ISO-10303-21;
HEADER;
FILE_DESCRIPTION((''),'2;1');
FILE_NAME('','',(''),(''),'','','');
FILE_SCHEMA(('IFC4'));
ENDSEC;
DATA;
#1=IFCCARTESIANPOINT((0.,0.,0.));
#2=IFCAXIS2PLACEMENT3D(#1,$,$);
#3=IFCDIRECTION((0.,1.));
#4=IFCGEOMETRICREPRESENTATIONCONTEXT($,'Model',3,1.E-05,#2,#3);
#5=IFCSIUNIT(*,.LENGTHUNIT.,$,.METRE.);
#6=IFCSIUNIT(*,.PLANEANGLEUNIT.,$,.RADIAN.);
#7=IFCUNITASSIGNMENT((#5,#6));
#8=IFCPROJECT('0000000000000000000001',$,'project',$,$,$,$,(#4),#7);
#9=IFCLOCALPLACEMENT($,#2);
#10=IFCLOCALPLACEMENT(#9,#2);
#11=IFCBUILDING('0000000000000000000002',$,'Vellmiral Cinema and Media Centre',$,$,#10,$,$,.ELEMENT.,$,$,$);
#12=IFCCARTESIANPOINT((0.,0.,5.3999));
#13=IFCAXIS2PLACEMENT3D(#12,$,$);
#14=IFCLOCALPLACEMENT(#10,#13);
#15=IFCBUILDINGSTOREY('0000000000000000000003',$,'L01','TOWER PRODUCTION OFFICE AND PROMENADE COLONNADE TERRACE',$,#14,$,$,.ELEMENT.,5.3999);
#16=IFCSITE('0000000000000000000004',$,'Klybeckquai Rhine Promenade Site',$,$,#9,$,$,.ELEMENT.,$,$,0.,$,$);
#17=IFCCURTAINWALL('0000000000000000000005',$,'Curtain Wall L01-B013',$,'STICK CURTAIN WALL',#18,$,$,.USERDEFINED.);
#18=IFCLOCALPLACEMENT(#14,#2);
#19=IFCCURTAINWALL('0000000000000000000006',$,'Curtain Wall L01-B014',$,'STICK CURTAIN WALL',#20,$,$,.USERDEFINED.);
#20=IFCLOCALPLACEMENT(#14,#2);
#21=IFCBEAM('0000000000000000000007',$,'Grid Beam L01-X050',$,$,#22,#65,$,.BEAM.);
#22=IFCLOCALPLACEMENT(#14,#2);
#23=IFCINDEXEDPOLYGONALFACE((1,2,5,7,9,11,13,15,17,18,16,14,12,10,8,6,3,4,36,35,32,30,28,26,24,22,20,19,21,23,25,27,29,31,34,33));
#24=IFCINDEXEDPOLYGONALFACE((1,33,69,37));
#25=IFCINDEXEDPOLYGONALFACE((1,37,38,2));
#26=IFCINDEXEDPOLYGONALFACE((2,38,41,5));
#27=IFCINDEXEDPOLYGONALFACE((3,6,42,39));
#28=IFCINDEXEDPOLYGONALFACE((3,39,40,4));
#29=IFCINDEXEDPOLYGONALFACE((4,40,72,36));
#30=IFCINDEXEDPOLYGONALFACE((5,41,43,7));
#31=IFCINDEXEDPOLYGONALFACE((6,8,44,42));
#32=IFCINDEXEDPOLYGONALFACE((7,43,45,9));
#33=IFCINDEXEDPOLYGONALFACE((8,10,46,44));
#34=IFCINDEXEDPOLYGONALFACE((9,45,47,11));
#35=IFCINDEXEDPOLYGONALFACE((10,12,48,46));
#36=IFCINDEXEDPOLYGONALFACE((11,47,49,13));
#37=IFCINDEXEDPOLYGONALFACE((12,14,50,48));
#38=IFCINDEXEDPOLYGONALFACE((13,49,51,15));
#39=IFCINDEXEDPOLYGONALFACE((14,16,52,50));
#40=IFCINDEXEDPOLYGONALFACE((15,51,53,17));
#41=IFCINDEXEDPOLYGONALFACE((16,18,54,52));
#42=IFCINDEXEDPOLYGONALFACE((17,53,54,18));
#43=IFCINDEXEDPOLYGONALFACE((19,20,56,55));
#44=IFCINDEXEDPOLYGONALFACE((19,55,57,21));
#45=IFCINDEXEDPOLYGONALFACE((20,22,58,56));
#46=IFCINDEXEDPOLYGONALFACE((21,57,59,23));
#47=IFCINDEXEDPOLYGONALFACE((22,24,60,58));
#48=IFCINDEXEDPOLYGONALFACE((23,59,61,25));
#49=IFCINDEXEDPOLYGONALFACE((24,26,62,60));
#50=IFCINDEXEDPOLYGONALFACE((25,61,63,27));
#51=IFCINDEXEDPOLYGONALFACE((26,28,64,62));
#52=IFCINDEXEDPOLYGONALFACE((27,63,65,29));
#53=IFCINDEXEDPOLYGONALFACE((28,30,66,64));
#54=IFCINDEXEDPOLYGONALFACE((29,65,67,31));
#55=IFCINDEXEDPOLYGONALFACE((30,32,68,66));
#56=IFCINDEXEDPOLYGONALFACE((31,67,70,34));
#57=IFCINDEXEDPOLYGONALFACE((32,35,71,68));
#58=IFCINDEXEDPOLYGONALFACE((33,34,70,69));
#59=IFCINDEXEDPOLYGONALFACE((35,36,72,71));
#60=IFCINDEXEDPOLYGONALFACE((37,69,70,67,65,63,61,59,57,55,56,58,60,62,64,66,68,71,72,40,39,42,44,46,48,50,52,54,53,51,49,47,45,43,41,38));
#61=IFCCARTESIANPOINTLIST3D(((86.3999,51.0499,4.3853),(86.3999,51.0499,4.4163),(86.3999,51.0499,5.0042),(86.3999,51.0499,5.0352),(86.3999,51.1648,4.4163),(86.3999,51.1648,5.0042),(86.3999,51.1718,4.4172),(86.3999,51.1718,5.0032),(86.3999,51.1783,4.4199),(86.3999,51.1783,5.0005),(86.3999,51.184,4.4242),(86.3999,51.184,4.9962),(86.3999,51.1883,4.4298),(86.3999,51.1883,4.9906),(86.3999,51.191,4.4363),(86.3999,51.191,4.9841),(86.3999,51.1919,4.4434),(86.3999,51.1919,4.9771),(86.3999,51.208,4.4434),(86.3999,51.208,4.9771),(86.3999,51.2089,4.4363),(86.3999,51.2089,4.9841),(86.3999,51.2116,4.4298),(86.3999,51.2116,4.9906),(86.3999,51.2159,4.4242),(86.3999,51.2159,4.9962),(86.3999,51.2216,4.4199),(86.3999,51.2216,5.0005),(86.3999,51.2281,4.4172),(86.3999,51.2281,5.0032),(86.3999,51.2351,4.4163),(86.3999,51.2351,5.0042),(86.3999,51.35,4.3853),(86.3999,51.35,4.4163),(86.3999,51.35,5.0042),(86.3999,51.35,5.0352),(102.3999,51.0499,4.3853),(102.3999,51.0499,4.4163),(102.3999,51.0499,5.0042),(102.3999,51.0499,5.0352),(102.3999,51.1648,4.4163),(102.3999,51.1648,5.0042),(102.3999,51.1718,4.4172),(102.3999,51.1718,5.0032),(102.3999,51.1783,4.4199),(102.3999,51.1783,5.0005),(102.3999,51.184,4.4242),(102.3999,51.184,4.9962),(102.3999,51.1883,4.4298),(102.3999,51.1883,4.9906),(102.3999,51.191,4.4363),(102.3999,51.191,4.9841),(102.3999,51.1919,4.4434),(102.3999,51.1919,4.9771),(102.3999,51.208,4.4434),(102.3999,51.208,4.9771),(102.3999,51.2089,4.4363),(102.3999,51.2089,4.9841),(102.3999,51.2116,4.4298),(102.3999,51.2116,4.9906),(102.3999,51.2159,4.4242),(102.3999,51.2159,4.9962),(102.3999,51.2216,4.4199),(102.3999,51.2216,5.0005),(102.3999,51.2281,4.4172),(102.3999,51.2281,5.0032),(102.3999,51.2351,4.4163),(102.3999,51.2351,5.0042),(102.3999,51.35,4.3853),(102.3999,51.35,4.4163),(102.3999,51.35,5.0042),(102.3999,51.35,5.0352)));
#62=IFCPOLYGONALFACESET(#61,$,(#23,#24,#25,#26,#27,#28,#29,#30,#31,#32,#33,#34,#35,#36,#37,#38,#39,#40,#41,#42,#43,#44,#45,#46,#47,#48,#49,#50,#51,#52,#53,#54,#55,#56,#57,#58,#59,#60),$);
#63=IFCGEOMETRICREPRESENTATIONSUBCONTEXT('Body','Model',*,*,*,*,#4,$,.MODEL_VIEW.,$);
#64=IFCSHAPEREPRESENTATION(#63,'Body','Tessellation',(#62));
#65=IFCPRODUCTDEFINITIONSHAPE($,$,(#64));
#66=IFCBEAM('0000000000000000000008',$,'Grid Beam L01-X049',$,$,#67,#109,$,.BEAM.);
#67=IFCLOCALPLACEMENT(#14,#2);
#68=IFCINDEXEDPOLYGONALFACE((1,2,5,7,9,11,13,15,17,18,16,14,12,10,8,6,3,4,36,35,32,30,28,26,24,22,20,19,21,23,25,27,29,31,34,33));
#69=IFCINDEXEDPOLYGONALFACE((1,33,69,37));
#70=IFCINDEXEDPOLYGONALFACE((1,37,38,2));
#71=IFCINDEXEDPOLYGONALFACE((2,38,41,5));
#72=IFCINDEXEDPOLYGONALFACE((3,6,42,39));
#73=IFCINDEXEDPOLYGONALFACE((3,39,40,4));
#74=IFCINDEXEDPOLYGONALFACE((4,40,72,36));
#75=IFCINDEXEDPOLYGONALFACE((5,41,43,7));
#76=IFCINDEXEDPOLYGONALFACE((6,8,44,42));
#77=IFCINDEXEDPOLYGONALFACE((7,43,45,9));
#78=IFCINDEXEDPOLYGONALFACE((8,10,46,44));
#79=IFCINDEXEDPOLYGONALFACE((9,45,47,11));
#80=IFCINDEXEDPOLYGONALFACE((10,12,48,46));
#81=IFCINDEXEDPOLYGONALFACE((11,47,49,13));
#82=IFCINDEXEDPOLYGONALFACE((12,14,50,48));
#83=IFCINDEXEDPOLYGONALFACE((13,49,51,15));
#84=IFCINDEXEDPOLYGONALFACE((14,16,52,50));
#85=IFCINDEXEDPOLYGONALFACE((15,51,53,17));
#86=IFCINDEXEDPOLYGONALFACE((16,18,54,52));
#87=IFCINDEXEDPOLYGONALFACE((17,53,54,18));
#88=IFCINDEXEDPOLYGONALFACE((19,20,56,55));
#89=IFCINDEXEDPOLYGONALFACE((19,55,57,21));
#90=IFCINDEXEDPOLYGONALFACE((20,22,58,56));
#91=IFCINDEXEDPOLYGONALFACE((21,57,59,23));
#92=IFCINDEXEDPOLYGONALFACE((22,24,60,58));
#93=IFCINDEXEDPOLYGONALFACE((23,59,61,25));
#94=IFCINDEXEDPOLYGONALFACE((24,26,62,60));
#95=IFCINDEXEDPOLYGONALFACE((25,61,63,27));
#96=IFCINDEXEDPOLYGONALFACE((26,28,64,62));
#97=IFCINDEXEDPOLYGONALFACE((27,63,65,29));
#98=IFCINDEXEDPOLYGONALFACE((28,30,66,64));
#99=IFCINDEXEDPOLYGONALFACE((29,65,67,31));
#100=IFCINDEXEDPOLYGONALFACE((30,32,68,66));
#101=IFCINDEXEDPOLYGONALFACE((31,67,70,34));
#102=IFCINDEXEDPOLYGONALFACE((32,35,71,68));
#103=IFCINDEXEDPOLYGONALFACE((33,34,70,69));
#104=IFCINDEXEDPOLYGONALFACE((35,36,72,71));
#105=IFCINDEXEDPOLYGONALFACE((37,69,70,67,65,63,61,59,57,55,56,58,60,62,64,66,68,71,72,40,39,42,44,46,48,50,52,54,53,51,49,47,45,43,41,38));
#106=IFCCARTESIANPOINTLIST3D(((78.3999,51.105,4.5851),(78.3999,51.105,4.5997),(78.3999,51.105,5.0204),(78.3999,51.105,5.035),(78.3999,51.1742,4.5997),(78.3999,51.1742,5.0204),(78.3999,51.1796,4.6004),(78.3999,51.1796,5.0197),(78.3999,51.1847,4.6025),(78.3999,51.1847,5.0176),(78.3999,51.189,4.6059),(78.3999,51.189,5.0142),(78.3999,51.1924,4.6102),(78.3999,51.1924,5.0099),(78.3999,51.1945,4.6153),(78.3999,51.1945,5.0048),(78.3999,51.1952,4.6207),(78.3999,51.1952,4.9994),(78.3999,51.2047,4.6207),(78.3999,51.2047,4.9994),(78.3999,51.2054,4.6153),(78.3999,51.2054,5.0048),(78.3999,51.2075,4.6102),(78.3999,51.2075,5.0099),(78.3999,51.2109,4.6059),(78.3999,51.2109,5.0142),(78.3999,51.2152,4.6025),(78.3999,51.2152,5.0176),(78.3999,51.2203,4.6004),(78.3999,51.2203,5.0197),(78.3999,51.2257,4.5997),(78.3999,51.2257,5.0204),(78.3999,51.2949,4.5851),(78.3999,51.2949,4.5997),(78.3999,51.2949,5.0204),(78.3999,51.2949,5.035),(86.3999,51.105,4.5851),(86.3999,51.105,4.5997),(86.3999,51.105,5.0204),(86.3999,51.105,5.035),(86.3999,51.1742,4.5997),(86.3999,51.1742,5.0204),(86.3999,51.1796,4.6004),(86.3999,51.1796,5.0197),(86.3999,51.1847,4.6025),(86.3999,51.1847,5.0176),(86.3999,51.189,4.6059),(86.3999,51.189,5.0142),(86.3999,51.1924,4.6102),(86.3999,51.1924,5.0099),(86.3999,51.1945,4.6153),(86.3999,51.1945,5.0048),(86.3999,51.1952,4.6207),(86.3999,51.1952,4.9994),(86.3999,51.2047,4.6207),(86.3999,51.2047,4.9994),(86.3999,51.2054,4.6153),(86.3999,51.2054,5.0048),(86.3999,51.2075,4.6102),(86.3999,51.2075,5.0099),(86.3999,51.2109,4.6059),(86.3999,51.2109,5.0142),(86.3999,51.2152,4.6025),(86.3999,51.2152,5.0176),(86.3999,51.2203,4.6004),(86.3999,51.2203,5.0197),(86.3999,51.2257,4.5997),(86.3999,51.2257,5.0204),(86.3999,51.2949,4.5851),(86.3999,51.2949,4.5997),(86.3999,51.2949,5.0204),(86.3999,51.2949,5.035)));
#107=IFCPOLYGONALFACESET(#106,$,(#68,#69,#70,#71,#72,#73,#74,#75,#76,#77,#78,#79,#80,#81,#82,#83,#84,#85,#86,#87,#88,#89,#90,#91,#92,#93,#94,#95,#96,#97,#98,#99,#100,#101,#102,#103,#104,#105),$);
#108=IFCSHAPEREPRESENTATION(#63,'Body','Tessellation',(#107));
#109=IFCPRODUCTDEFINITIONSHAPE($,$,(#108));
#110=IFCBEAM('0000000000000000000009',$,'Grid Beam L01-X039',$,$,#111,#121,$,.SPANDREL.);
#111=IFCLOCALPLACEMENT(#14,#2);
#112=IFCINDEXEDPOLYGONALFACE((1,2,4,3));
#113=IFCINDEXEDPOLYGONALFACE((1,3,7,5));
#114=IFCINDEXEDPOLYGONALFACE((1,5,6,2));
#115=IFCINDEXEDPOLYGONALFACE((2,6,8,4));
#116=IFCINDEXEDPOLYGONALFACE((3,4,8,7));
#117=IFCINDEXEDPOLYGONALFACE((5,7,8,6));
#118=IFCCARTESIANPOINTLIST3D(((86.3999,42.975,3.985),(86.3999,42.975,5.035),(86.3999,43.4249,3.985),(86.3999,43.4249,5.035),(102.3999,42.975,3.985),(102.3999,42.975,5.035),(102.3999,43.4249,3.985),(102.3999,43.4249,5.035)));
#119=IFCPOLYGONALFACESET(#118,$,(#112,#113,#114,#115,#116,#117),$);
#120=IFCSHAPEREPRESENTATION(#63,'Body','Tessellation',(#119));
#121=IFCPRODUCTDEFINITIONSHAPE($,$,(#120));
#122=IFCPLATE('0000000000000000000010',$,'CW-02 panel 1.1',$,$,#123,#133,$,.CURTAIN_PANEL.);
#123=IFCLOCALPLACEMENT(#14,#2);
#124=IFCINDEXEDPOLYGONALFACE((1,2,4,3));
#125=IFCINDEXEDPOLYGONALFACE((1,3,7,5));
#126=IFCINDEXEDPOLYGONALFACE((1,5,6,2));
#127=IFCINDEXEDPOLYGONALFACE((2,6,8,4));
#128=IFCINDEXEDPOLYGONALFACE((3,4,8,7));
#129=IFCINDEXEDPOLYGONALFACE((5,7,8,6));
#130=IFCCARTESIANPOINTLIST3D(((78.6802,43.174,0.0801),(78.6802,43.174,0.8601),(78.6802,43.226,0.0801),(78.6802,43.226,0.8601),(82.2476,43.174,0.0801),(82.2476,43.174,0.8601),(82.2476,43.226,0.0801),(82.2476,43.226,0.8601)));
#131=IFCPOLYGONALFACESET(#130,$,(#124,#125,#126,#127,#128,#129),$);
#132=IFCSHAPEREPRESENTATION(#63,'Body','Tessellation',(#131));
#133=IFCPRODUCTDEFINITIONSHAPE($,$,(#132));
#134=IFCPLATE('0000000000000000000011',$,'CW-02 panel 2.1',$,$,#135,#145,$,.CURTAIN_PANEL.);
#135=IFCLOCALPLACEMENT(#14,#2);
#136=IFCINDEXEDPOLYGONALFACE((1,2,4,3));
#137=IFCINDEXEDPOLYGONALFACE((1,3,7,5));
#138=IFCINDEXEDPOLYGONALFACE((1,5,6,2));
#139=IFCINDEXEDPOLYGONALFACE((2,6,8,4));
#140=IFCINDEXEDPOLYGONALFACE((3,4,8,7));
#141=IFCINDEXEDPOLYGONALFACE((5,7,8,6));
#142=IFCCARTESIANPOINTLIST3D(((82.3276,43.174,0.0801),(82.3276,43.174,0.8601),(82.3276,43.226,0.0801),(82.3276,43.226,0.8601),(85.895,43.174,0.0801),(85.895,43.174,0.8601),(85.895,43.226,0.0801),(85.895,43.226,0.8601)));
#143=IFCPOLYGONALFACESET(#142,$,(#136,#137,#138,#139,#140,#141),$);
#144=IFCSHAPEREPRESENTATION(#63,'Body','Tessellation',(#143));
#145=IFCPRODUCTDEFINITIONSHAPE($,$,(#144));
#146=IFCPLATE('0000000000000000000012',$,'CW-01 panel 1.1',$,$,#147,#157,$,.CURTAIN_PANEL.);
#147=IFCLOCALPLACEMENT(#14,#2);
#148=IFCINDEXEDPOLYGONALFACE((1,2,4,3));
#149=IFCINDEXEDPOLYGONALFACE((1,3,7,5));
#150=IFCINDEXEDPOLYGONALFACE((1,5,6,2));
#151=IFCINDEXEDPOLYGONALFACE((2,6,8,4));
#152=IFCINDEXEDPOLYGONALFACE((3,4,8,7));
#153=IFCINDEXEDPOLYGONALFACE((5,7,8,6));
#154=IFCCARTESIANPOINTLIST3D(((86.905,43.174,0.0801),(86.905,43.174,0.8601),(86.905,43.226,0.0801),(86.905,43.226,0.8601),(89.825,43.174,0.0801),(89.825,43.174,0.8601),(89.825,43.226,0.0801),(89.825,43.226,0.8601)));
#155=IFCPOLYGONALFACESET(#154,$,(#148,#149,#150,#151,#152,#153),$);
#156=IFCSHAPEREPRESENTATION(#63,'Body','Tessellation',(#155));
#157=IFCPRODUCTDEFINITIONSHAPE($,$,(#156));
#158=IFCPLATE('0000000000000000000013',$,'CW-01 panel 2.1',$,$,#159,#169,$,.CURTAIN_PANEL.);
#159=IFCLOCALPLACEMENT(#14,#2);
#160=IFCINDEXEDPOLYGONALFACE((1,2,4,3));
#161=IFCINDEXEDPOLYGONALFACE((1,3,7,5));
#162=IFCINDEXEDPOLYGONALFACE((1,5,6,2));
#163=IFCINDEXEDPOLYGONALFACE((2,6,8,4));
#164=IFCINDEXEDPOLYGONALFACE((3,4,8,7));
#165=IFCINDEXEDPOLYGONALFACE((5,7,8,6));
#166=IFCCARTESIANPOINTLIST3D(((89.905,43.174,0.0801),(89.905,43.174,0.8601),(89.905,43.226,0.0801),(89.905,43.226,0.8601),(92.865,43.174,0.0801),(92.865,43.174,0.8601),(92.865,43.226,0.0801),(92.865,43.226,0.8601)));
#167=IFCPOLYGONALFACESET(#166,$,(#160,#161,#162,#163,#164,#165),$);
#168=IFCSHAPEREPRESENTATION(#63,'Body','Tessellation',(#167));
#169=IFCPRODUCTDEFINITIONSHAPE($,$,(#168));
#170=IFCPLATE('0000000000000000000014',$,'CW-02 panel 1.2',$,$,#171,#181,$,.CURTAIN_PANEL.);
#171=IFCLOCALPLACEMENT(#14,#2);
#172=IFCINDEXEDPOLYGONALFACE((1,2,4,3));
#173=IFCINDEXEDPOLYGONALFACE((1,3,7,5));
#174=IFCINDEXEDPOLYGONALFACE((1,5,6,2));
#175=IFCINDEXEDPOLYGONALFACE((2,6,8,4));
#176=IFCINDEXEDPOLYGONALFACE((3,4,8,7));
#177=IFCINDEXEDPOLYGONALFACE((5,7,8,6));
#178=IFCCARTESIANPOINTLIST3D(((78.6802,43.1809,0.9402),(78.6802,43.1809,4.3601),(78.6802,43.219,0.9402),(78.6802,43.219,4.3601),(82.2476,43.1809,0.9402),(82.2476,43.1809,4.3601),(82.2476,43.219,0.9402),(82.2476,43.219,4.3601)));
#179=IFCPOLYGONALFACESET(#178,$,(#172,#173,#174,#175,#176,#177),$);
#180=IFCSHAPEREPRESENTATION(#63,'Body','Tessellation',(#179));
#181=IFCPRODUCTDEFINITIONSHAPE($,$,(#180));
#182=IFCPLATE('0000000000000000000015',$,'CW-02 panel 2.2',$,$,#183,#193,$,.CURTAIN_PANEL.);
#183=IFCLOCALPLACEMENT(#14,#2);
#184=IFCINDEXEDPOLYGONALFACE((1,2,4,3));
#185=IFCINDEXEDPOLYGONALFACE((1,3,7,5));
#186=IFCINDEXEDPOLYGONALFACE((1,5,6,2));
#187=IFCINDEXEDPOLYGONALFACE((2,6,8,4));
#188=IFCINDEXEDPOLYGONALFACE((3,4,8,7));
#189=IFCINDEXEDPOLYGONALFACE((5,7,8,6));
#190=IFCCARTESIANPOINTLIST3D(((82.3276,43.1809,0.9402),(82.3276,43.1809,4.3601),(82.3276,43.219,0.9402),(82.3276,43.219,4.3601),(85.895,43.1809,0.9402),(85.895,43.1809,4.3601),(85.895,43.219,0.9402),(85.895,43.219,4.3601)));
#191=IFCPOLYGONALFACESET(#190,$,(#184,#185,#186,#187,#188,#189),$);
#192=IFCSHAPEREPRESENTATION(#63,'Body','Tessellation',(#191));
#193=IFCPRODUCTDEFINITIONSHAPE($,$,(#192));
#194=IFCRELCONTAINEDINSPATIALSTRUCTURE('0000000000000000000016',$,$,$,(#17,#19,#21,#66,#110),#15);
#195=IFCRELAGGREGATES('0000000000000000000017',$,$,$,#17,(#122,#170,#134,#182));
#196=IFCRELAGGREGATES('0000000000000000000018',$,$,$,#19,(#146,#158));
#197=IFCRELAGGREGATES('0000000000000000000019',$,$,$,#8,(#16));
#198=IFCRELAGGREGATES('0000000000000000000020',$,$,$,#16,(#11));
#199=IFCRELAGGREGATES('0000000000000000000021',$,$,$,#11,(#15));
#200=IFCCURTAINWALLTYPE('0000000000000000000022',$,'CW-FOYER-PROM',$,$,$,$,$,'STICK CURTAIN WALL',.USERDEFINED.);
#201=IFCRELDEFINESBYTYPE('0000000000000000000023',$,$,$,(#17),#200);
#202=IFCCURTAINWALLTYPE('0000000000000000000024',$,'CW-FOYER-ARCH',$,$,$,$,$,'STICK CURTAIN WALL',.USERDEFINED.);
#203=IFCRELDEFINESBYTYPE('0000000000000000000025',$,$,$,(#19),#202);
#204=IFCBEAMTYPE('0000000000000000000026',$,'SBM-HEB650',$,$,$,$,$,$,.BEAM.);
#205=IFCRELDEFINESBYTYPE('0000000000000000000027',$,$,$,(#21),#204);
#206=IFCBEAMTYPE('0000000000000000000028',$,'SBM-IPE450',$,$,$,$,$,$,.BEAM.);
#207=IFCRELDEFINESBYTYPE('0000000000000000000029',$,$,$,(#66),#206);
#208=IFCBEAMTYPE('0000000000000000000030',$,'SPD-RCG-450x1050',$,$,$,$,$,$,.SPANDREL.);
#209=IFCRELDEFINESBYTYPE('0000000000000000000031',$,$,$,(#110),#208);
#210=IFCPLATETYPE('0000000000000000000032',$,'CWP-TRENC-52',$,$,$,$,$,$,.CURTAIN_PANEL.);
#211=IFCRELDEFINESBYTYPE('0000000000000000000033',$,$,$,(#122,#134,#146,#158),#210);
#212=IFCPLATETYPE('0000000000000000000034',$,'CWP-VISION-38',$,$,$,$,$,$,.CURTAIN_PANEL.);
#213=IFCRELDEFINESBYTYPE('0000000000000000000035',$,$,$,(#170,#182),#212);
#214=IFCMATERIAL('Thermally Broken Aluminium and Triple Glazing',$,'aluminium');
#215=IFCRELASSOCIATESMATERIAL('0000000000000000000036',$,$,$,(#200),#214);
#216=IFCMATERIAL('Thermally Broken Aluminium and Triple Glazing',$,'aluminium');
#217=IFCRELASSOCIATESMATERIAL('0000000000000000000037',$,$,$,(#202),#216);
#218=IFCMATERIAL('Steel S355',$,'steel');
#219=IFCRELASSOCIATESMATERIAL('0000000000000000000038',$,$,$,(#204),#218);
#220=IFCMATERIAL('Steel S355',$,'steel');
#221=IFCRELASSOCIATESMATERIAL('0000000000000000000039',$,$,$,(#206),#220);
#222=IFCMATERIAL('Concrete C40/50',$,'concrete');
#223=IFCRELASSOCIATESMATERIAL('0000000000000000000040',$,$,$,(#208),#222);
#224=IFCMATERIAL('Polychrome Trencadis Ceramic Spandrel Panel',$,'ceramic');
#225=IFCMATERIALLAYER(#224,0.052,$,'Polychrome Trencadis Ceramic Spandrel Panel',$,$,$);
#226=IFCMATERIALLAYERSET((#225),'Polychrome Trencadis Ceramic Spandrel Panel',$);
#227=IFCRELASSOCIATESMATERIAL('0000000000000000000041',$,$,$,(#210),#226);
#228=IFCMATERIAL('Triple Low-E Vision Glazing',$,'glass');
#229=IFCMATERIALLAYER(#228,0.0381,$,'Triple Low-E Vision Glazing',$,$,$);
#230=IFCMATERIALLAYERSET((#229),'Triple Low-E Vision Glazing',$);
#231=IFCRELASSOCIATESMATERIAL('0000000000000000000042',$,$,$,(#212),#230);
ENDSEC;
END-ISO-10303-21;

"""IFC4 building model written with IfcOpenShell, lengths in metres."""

from ifc_helpers import new_model, si_unit, direction, frame, origin, origin_2d, place, context, subcontext, project, spatial, rectangle, i_section, extrude, material, layer, layer_set, material_profile, profile_set, type_object, element, aggregate, save


model = new_model("IFC4")

# Units and contexts
model_context = context("Model", 3, precision=1e-05, world=origin(), true_north=direction((0.0, 1.0)))
body_context = subcontext(model_context, "Body", "Model", "MODEL_VIEW")
ifc_project = project(units=[si_unit("LENGTHUNIT", "METRE"), si_unit("PLANEANGLEUNIT", "RADIAN")], contexts=[model_context])

# Site, building, storey
site_placement = place(None, origin())
site = spatial("IfcSite", under=ifc_project, at=site_placement, Name="Klybeckquai Rhine Promenade Site", CompositionType="ELEMENT", RefElevation=0.0)
building_placement = place(site_placement, origin())
building = spatial("IfcBuilding", under=site, at=building_placement, Name="Vellmiral Cinema and Media Centre", CompositionType="ELEMENT")
storey_placement = place(building_placement, frame((0.0, 0.0, 5.3999)))
storey = spatial("IfcBuildingStorey", under=building, at=storey_placement, Name="L01", Description="TOWER PRODUCTION OFFICE AND PROMENADE COLONNADE TERRACE", CompositionType="ELEMENT", Elevation=5.3999)

# Curtain walls
ifc_material_1 = material(Name="Thermally Broken Aluminium and Triple Glazing", Category="aluminium")
curtain_wall_type_1 = type_object("IfcCurtainWallType", Name="CW-FOYER-PROM", ElementType="STICK CURTAIN WALL", PredefinedType="USERDEFINED", material=ifc_material_1)
curtain_wall_1_placement = place(storey_placement, origin())
curtain_wall_1 = element("IfcCurtainWall", 1, at=curtain_wall_1_placement, inside=storey, type_object=curtain_wall_type_1, Name="Curtain Wall L01-B013", ObjectType="STICK CURTAIN WALL", PredefinedType="USERDEFINED")
ifc_material_2 = material(Name="Thermally Broken Aluminium and Triple Glazing", Category="aluminium")
curtain_wall_type_2 = type_object("IfcCurtainWallType", Name="CW-FOYER-ARCH", ElementType="STICK CURTAIN WALL", PredefinedType="USERDEFINED", material=ifc_material_2)
curtain_wall_2_placement = place(storey_placement, origin())
curtain_wall_2 = element("IfcCurtainWall", 2, at=curtain_wall_2_placement, inside=storey, type_object=curtain_wall_type_2, Name="Curtain Wall L01-B014", ObjectType="STICK CURTAIN WALL", PredefinedType="USERDEFINED")

# Beams
ifc_material_3 = material(Name="Steel S355", Category="steel")
ifc_material_profile_1 = material_profile(ifc_material_3, i_section(OverallWidth=0.3, OverallDepth=0.6499, WebThickness=0.0161, FlangeThickness=0.031, FilletRadius=0.0271, at=origin_2d()), Name="HEB 650")
ifc_profile_set_1 = profile_set([ifc_material_profile_1], Name="Steel S355")
beam_type_1 = type_object("IfcBeamType", Name="SBM-HEB650", PredefinedType="BEAM", material=ifc_profile_set_1)
beam_1_placement = place(storey_placement, frame((86.3999, 51.2, 4.7102), z_axis=(1.0, 0.0, 0.0), x_axis=(0.0, 1.0, 0.0)))
element("IfcBeam", 3, at=beam_1_placement, inside=storey, type_object=beam_type_1, Name="Grid Beam L01-X050", PredefinedType="BEAM", context=body_context, shape_type="SweptSolid", body=[
    extrude(i_section(OverallWidth=0.3, OverallDepth=0.6499, WebThickness=0.0161, FlangeThickness=0.031, FilletRadius=0.0271, at=origin_2d()), origin(), (0.0, 0.0, 1.0), 16.0),
])
ifc_material_4 = material(Name="Steel S355", Category="steel")
ifc_material_profile_2 = material_profile(ifc_material_4, i_section(OverallWidth=0.1899, OverallDepth=0.45, WebThickness=0.0095, FlangeThickness=0.0146, FilletRadius=0.021, at=origin_2d()), Name="IPE 450")
ifc_profile_set_2 = profile_set([ifc_material_profile_2], Name="Steel S355")
beam_type_2 = type_object("IfcBeamType", Name="SBM-IPE450", PredefinedType="BEAM", material=ifc_profile_set_2)
beam_2_placement = place(storey_placement, frame((78.3999, 51.2, 4.8101), z_axis=(1.0, 0.0, 0.0), x_axis=(0.0, 1.0, 0.0)))
element("IfcBeam", 4, at=beam_2_placement, inside=storey, type_object=beam_type_2, Name="Grid Beam L01-X049", PredefinedType="BEAM", context=body_context, shape_type="SweptSolid", body=[
    extrude(i_section(OverallWidth=0.1899, OverallDepth=0.45, WebThickness=0.0095, FlangeThickness=0.0146, FilletRadius=0.021, at=origin_2d()), origin(), (0.0, 0.0, 1.0), 8.0),
])
ifc_material_5 = material(Name="Concrete C40/50", Category="concrete")
ifc_material_profile_3 = material_profile(ifc_material_5, rectangle(XDim=0.45, YDim=1.05, at=origin_2d()), Name="RC 450x1050")
ifc_profile_set_3 = profile_set([ifc_material_profile_3], Name="Concrete C40/50")
beam_type_3 = type_object("IfcBeamType", Name="SPD-RCG-450x1050", PredefinedType="SPANDREL", material=ifc_profile_set_3)
beam_3_placement = place(storey_placement, frame((86.3999, 43.2, 4.51), z_axis=(1.0, 0.0, 0.0), x_axis=(0.0, 1.0, 0.0)))
element("IfcBeam", 5, at=beam_3_placement, inside=storey, type_object=beam_type_3, Name="Grid Beam L01-X039", PredefinedType="SPANDREL", context=body_context, shape_type="SweptSolid", body=[
    extrude(rectangle(XDim=0.45, YDim=1.05, at=origin_2d()), origin(), (0.0, 0.0, 1.0), 16.0),
])

# Plates
ifc_material_6 = material(Name="Polychrome Trencadis Ceramic Spandrel Panel", Category="ceramic")
ifc_layer_1 = layer(ifc_material_6, 0.052, Name="Polychrome Trencadis Ceramic Spandrel Panel")
ifc_layer_set_1 = layer_set([ifc_layer_1], Name="Polychrome Trencadis Ceramic Spandrel Panel")
plate_type_1 = type_object("IfcPlateType", Name="CWP-TRENC-52", PredefinedType="CURTAIN_PANEL", material=ifc_layer_set_1)
plate_1_placement = place(storey_placement, frame((80.4639, 43.2, 0.0801), z_axis=(0.0, 0.0, 1.0), x_axis=(1.0, 0.0, 0.0)))
plate_1 = element("IfcPlate", 6, at=plate_1_placement, type_object=plate_type_1, Name="CW-02 panel 1.1", PredefinedType="CURTAIN_PANEL", context=body_context, shape_type="SweptSolid", body=[
    extrude(rectangle(XDim=3.5674, YDim=0.052, at=origin_2d()), origin(), (0.0, 0.0, 1.0), 0.78),
])
plate_2_placement = place(storey_placement, frame((84.1113, 43.2, 0.0801), z_axis=(0.0, 0.0, 1.0), x_axis=(1.0, 0.0, 0.0)))
plate_2 = element("IfcPlate", 7, at=plate_2_placement, type_object=plate_type_1, Name="CW-02 panel 2.1", PredefinedType="CURTAIN_PANEL", context=body_context, shape_type="SweptSolid", body=[
    extrude(rectangle(XDim=3.5674, YDim=0.052, at=origin_2d()), origin(), (0.0, 0.0, 1.0), 0.78),
])
plate_3_placement = place(storey_placement, frame((88.365, 43.2, 0.0801), z_axis=(0.0, 0.0, 1.0), x_axis=(1.0, 0.0, 0.0)))
plate_3 = element("IfcPlate", 8, at=plate_3_placement, type_object=plate_type_1, Name="CW-01 panel 1.1", PredefinedType="CURTAIN_PANEL", context=body_context, shape_type="SweptSolid", body=[
    extrude(rectangle(XDim=2.9199, YDim=0.052, at=origin_2d()), origin(), (0.0, 0.0, 1.0), 0.78),
])
plate_4_placement = place(storey_placement, frame((91.385, 43.2, 0.0801), z_axis=(0.0, 0.0, 1.0), x_axis=(1.0, 0.0, 0.0)))
plate_4 = element("IfcPlate", 9, at=plate_4_placement, type_object=plate_type_1, Name="CW-01 panel 2.1", PredefinedType="CURTAIN_PANEL", context=body_context, shape_type="SweptSolid", body=[
    extrude(rectangle(XDim=2.96, YDim=0.052, at=origin_2d()), origin(), (0.0, 0.0, 1.0), 0.78),
])
ifc_material_7 = material(Name="Triple Low-E Vision Glazing", Category="glass")
ifc_layer_2 = layer(ifc_material_7, 0.0381, Name="Triple Low-E Vision Glazing")
ifc_layer_set_2 = layer_set([ifc_layer_2], Name="Triple Low-E Vision Glazing")
plate_type_2 = type_object("IfcPlateType", Name="CWP-VISION-38", PredefinedType="CURTAIN_PANEL", material=ifc_layer_set_2)
plate_5_placement = place(storey_placement, frame((80.4639, 43.2, 0.9402), z_axis=(0.0, 0.0, 1.0), x_axis=(1.0, 0.0, 0.0)))
plate_5 = element("IfcPlate", 10, at=plate_5_placement, type_object=plate_type_2, Name="CW-02 panel 1.2", PredefinedType="CURTAIN_PANEL", context=body_context, shape_type="SweptSolid", body=[
    extrude(rectangle(XDim=3.5674, YDim=0.0381, at=origin_2d()), origin(), (0.0, 0.0, 1.0), 3.4199),
])
plate_6_placement = place(storey_placement, frame((84.1113, 43.2, 0.9402), z_axis=(0.0, 0.0, 1.0), x_axis=(1.0, 0.0, 0.0)))
plate_6 = element("IfcPlate", 11, at=plate_6_placement, type_object=plate_type_2, Name="CW-02 panel 2.2", PredefinedType="CURTAIN_PANEL", context=body_context, shape_type="SweptSolid", body=[
    extrude(rectangle(XDim=3.5674, YDim=0.0381, at=origin_2d()), origin(), (0.0, 0.0, 1.0), 3.4199),
])
aggregate(curtain_wall_1, [plate_1, plate_5, plate_2, plate_6])
aggregate(curtain_wall_2, [plate_3, plate_4])

save(model, "model.ifc")
